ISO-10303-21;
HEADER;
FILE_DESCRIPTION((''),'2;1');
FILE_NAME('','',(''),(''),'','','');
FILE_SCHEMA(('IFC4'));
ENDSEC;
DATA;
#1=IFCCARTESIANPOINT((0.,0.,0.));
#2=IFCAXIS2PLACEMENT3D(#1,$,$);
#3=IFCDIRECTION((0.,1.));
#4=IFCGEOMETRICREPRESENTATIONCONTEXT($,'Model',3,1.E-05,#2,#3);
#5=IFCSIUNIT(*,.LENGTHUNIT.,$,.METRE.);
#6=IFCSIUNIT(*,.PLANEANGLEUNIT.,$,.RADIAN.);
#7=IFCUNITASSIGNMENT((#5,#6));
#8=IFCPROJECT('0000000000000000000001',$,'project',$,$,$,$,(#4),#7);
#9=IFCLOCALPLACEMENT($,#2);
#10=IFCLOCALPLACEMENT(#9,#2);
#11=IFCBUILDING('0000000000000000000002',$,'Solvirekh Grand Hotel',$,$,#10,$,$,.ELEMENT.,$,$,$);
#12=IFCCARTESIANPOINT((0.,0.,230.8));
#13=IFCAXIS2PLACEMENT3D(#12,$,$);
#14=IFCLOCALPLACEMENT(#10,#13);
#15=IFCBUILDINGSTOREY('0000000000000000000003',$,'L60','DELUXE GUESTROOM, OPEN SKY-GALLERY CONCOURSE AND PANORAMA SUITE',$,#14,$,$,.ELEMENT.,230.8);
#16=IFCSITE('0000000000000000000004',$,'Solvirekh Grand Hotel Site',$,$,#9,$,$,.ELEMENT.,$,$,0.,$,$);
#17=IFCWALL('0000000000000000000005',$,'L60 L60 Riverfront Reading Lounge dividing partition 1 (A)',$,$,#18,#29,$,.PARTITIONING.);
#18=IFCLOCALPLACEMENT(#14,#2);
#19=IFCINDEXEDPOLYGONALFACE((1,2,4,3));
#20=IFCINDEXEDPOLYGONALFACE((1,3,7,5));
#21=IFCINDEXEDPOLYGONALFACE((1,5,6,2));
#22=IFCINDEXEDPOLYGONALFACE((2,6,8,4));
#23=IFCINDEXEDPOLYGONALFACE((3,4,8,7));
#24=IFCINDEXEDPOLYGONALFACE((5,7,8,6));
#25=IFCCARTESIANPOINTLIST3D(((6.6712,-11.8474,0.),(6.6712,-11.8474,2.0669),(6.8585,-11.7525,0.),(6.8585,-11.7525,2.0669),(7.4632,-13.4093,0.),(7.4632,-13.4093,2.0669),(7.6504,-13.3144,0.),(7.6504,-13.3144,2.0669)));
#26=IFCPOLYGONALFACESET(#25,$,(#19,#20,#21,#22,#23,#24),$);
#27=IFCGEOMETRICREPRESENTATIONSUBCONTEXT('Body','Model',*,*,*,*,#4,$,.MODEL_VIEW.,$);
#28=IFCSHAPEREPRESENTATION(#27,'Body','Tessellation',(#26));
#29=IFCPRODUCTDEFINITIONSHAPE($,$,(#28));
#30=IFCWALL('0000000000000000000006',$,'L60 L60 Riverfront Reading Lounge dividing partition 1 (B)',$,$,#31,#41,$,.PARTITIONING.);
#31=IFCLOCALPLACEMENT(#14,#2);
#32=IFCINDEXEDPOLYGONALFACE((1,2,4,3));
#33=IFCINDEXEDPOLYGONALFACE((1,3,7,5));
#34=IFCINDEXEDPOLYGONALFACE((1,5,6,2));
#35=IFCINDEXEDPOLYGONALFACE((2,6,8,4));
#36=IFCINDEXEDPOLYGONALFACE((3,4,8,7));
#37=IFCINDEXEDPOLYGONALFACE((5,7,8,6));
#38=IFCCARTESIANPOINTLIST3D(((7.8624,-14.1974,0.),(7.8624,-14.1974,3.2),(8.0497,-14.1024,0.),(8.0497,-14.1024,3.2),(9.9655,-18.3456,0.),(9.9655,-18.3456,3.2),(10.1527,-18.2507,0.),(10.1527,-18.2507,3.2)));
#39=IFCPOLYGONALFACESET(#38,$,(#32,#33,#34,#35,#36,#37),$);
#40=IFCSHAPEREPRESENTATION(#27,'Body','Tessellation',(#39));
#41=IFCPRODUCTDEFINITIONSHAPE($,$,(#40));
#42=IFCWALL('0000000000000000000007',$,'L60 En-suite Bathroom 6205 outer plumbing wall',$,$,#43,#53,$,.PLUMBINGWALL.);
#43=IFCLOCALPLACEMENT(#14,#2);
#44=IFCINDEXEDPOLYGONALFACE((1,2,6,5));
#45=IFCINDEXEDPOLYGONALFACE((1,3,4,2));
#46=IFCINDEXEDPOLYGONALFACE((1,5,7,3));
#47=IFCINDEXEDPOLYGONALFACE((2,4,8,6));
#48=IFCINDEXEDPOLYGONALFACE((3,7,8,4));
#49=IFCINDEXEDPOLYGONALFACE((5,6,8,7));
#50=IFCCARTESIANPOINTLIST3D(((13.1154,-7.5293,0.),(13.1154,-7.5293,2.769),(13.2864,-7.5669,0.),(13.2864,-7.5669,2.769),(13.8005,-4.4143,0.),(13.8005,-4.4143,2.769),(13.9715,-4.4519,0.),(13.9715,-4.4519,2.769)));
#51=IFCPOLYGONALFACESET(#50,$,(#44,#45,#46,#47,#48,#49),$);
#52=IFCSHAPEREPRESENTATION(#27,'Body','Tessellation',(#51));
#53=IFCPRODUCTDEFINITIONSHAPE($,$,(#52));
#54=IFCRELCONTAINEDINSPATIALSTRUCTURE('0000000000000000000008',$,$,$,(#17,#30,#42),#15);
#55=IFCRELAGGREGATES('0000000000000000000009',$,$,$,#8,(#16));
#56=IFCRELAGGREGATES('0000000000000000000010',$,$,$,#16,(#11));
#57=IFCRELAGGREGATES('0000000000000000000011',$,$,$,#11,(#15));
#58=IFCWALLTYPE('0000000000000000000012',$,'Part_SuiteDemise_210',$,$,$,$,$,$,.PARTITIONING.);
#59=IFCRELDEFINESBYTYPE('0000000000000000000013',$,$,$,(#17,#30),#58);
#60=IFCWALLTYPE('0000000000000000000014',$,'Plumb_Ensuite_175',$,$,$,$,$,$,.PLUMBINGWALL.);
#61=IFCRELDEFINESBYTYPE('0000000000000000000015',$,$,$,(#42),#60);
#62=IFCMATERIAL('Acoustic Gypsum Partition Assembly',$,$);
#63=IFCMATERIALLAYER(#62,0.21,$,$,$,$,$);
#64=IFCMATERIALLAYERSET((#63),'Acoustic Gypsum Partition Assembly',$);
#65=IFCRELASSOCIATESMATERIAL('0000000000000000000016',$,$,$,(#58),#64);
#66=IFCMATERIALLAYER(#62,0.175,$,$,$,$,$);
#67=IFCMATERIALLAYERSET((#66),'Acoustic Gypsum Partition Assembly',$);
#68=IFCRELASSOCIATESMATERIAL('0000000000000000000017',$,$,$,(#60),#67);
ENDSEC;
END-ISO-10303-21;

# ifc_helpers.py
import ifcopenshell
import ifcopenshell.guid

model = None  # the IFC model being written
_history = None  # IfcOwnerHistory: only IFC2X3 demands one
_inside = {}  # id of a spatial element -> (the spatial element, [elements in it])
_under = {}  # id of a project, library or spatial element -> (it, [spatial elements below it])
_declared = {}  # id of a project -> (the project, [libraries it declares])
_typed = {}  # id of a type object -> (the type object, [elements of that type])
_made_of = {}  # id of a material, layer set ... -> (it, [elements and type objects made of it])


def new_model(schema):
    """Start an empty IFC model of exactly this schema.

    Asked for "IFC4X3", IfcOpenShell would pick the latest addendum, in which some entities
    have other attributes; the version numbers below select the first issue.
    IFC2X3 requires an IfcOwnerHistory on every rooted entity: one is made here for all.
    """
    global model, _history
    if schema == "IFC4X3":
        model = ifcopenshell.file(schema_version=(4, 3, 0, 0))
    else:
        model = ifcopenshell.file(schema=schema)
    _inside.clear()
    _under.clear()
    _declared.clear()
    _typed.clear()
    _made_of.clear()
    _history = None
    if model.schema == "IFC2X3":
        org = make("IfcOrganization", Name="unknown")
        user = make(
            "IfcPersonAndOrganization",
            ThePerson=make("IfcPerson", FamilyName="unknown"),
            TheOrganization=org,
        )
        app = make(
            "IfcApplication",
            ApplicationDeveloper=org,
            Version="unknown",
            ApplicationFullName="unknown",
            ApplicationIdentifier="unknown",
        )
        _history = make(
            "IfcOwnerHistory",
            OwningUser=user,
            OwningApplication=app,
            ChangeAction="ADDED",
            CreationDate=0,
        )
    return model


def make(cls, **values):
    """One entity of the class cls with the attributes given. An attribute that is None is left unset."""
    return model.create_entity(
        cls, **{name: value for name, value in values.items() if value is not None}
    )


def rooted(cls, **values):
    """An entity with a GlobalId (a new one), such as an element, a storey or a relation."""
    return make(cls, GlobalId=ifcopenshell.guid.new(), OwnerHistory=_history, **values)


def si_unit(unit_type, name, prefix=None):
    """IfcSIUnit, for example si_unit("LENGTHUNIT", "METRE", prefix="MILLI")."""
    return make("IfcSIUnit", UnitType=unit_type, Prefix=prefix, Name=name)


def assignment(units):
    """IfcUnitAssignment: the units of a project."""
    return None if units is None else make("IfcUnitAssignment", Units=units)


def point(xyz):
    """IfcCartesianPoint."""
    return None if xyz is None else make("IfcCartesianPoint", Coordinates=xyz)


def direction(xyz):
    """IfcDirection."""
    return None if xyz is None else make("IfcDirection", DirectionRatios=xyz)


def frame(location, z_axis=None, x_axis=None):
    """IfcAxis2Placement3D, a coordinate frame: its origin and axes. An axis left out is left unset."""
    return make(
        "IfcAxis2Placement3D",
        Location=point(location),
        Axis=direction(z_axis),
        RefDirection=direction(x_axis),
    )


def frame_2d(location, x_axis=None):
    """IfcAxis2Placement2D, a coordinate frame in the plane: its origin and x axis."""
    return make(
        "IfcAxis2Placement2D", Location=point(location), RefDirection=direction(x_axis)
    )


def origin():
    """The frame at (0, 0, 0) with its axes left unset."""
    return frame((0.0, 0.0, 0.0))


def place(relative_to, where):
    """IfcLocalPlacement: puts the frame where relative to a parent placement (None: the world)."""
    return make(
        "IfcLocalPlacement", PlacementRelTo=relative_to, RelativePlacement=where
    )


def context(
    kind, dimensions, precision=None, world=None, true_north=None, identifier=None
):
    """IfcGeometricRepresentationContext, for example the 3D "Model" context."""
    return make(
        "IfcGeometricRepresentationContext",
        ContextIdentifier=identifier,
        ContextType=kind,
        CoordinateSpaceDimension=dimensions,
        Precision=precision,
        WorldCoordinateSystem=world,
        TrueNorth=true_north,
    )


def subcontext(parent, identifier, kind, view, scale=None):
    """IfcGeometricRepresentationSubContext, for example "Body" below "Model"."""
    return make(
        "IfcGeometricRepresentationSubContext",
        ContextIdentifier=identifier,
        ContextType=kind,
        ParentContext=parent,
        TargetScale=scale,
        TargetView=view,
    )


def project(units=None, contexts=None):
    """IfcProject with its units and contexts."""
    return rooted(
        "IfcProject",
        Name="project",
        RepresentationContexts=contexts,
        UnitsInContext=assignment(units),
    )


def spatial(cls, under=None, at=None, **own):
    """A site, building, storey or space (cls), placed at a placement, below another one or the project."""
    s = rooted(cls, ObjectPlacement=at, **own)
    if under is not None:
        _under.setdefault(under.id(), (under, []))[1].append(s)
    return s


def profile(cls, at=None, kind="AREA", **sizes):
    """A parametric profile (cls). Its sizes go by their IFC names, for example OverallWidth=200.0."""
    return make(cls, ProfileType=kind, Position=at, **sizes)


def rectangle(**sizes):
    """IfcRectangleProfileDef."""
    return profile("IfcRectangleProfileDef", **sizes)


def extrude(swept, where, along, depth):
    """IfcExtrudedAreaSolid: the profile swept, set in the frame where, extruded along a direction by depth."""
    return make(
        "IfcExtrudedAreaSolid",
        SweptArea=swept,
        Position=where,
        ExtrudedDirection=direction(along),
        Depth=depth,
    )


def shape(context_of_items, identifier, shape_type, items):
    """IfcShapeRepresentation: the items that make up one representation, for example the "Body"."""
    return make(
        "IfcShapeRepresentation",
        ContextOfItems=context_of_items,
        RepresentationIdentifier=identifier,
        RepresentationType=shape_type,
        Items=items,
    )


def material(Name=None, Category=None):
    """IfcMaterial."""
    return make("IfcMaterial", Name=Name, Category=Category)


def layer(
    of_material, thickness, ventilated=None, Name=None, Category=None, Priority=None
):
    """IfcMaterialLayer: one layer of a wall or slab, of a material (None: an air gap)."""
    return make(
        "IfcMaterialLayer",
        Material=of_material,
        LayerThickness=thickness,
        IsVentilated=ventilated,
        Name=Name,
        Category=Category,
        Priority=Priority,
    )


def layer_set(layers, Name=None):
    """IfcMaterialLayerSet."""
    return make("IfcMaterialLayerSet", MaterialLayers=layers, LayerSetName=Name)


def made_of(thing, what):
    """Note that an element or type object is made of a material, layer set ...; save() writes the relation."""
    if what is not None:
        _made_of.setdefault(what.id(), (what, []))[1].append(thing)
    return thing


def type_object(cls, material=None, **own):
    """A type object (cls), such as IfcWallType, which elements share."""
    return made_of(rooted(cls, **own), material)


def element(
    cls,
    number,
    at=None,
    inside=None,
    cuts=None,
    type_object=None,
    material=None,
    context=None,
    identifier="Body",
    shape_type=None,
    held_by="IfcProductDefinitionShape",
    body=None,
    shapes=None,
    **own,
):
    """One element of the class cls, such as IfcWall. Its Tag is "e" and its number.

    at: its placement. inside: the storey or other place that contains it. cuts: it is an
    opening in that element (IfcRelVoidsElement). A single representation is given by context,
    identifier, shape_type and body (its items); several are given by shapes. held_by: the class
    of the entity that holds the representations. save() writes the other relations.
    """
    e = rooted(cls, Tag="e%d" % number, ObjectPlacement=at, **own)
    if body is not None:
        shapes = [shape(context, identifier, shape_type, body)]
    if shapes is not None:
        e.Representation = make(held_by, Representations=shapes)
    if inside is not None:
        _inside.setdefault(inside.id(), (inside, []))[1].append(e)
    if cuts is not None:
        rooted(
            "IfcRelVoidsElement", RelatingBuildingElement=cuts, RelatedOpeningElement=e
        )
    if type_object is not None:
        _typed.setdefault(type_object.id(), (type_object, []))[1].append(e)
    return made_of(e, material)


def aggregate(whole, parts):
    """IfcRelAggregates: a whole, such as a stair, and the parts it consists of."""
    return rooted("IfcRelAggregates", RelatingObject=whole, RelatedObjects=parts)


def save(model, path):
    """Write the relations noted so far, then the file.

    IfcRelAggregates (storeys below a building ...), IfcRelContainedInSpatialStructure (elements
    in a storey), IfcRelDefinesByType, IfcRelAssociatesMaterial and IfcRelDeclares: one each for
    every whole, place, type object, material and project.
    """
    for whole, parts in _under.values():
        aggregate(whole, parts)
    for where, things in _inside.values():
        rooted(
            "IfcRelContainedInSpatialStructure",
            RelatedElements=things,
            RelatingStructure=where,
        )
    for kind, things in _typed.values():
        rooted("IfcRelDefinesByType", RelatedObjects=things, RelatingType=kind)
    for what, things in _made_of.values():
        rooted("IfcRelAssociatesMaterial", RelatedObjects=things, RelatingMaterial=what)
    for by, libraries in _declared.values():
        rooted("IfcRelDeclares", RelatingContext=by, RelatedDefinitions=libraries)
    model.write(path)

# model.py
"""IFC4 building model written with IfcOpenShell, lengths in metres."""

from ifc_helpers import new_model, si_unit, direction, frame, frame_2d, origin, place, context, subcontext, project, spatial, rectangle, extrude, material, layer, layer_set, type_object, element, save


model = new_model("IFC4")

# Units and contexts
model_context = context("Model", 3, precision=1e-05, world=origin(), true_north=direction((0.0, 1.0)))
body_context = subcontext(model_context, "Body", "Model", "MODEL_VIEW")
ifc_project = project(units=[si_unit("LENGTHUNIT", "METRE"), si_unit("PLANEANGLEUNIT", "RADIAN")], contexts=[model_context])

# Site, building, storey
site_placement = place(None, origin())
site = spatial("IfcSite", under=ifc_project, at=site_placement, Name="Solvirekh Grand Hotel Site", CompositionType="ELEMENT", RefElevation=0.0)
building_placement = place(site_placement, origin())
building = spatial("IfcBuilding", under=site, at=building_placement, Name="Solvirekh Grand Hotel", CompositionType="ELEMENT")
storey_placement = place(building_placement, frame((0.0, 0.0, 230.8)))
storey = spatial("IfcBuildingStorey", under=building, at=storey_placement, Name="L60", Description="DELUXE GUESTROOM, OPEN SKY-GALLERY CONCOURSE AND PANORAMA SUITE", CompositionType="ELEMENT", Elevation=230.8)

# Shared definitions
ifc_material_1 = material(Name="Acoustic Gypsum Partition Assembly")

# Walls
ifc_layer_1 = layer(ifc_material_1, 0.21)
ifc_layer_set_1 = layer_set([ifc_layer_1], Name="Acoustic Gypsum Partition Assembly")
wall_type_1 = type_object("IfcWallType", Name="Part_SuiteDemise_210", PredefinedType="PARTITIONING", material=ifc_layer_set_1)
wall_1_placement = place(storey_placement, frame((6.7649, -11.8, 0.0), z_axis=(0.0, 0.0, 1.0), x_axis=(0.452225, -0.891904, 0.0)))
element("IfcWall", 1, at=wall_1_placement, inside=storey, type_object=wall_type_1, Name="L60 L60 Riverfront Reading Lounge dividing partition 1 (A)", PredefinedType="PARTITIONING", context=body_context, shape_type="SweptSolid", body=[
    extrude(rectangle(XDim=1.7512, YDim=0.21, at=frame_2d((0.8755, 0.0))), origin(), (0.0, 0.0, 1.0), 2.0669),
])
wall_2_placement = place(storey_placement, frame((7.9561, -14.1499, 0.0), z_axis=(0.0, 0.0, 1.0), x_axis=(0.452183, -0.891925, 0.0)))
element("IfcWall", 2, at=wall_2_placement, inside=storey, type_object=wall_type_1, Name="L60 L60 Riverfront Reading Lounge dividing partition 1 (B)", PredefinedType="PARTITIONING", context=body_context, shape_type="SweptSolid", body=[
    extrude(rectangle(XDim=4.6509, YDim=0.21, at=frame_2d((2.3254, 0.0))), origin(), (0.0, 0.0, 1.0), 3.2),
])
ifc_layer_2 = layer(ifc_material_1, 0.175)
ifc_layer_set_2 = layer_set([ifc_layer_2], Name="Acoustic Gypsum Partition Assembly")
wall_type_2 = type_object("IfcWallType", Name="Plumb_Ensuite_175", PredefinedType="PLUMBINGWALL", material=ifc_layer_set_2)
wall_3_placement = place(storey_placement, frame((13.2009, -7.5481, 0.0), z_axis=(0.0, 0.0, 1.0), x_axis=(0.21479, 0.97666, 0.0)))
element("IfcWall", 3, at=wall_3_placement, inside=storey, type_object=wall_type_2, Name="L60 En-suite Bathroom 6205 outer plumbing wall", PredefinedType="PLUMBINGWALL", context=body_context, shape_type="SweptSolid", body=[
    extrude(rectangle(XDim=3.1895, YDim=0.175, at=frame_2d((1.5947, 0.0))), origin(), (0.0, 0.0, 1.0), 2.769),
])

save(model, "model.ifc")
